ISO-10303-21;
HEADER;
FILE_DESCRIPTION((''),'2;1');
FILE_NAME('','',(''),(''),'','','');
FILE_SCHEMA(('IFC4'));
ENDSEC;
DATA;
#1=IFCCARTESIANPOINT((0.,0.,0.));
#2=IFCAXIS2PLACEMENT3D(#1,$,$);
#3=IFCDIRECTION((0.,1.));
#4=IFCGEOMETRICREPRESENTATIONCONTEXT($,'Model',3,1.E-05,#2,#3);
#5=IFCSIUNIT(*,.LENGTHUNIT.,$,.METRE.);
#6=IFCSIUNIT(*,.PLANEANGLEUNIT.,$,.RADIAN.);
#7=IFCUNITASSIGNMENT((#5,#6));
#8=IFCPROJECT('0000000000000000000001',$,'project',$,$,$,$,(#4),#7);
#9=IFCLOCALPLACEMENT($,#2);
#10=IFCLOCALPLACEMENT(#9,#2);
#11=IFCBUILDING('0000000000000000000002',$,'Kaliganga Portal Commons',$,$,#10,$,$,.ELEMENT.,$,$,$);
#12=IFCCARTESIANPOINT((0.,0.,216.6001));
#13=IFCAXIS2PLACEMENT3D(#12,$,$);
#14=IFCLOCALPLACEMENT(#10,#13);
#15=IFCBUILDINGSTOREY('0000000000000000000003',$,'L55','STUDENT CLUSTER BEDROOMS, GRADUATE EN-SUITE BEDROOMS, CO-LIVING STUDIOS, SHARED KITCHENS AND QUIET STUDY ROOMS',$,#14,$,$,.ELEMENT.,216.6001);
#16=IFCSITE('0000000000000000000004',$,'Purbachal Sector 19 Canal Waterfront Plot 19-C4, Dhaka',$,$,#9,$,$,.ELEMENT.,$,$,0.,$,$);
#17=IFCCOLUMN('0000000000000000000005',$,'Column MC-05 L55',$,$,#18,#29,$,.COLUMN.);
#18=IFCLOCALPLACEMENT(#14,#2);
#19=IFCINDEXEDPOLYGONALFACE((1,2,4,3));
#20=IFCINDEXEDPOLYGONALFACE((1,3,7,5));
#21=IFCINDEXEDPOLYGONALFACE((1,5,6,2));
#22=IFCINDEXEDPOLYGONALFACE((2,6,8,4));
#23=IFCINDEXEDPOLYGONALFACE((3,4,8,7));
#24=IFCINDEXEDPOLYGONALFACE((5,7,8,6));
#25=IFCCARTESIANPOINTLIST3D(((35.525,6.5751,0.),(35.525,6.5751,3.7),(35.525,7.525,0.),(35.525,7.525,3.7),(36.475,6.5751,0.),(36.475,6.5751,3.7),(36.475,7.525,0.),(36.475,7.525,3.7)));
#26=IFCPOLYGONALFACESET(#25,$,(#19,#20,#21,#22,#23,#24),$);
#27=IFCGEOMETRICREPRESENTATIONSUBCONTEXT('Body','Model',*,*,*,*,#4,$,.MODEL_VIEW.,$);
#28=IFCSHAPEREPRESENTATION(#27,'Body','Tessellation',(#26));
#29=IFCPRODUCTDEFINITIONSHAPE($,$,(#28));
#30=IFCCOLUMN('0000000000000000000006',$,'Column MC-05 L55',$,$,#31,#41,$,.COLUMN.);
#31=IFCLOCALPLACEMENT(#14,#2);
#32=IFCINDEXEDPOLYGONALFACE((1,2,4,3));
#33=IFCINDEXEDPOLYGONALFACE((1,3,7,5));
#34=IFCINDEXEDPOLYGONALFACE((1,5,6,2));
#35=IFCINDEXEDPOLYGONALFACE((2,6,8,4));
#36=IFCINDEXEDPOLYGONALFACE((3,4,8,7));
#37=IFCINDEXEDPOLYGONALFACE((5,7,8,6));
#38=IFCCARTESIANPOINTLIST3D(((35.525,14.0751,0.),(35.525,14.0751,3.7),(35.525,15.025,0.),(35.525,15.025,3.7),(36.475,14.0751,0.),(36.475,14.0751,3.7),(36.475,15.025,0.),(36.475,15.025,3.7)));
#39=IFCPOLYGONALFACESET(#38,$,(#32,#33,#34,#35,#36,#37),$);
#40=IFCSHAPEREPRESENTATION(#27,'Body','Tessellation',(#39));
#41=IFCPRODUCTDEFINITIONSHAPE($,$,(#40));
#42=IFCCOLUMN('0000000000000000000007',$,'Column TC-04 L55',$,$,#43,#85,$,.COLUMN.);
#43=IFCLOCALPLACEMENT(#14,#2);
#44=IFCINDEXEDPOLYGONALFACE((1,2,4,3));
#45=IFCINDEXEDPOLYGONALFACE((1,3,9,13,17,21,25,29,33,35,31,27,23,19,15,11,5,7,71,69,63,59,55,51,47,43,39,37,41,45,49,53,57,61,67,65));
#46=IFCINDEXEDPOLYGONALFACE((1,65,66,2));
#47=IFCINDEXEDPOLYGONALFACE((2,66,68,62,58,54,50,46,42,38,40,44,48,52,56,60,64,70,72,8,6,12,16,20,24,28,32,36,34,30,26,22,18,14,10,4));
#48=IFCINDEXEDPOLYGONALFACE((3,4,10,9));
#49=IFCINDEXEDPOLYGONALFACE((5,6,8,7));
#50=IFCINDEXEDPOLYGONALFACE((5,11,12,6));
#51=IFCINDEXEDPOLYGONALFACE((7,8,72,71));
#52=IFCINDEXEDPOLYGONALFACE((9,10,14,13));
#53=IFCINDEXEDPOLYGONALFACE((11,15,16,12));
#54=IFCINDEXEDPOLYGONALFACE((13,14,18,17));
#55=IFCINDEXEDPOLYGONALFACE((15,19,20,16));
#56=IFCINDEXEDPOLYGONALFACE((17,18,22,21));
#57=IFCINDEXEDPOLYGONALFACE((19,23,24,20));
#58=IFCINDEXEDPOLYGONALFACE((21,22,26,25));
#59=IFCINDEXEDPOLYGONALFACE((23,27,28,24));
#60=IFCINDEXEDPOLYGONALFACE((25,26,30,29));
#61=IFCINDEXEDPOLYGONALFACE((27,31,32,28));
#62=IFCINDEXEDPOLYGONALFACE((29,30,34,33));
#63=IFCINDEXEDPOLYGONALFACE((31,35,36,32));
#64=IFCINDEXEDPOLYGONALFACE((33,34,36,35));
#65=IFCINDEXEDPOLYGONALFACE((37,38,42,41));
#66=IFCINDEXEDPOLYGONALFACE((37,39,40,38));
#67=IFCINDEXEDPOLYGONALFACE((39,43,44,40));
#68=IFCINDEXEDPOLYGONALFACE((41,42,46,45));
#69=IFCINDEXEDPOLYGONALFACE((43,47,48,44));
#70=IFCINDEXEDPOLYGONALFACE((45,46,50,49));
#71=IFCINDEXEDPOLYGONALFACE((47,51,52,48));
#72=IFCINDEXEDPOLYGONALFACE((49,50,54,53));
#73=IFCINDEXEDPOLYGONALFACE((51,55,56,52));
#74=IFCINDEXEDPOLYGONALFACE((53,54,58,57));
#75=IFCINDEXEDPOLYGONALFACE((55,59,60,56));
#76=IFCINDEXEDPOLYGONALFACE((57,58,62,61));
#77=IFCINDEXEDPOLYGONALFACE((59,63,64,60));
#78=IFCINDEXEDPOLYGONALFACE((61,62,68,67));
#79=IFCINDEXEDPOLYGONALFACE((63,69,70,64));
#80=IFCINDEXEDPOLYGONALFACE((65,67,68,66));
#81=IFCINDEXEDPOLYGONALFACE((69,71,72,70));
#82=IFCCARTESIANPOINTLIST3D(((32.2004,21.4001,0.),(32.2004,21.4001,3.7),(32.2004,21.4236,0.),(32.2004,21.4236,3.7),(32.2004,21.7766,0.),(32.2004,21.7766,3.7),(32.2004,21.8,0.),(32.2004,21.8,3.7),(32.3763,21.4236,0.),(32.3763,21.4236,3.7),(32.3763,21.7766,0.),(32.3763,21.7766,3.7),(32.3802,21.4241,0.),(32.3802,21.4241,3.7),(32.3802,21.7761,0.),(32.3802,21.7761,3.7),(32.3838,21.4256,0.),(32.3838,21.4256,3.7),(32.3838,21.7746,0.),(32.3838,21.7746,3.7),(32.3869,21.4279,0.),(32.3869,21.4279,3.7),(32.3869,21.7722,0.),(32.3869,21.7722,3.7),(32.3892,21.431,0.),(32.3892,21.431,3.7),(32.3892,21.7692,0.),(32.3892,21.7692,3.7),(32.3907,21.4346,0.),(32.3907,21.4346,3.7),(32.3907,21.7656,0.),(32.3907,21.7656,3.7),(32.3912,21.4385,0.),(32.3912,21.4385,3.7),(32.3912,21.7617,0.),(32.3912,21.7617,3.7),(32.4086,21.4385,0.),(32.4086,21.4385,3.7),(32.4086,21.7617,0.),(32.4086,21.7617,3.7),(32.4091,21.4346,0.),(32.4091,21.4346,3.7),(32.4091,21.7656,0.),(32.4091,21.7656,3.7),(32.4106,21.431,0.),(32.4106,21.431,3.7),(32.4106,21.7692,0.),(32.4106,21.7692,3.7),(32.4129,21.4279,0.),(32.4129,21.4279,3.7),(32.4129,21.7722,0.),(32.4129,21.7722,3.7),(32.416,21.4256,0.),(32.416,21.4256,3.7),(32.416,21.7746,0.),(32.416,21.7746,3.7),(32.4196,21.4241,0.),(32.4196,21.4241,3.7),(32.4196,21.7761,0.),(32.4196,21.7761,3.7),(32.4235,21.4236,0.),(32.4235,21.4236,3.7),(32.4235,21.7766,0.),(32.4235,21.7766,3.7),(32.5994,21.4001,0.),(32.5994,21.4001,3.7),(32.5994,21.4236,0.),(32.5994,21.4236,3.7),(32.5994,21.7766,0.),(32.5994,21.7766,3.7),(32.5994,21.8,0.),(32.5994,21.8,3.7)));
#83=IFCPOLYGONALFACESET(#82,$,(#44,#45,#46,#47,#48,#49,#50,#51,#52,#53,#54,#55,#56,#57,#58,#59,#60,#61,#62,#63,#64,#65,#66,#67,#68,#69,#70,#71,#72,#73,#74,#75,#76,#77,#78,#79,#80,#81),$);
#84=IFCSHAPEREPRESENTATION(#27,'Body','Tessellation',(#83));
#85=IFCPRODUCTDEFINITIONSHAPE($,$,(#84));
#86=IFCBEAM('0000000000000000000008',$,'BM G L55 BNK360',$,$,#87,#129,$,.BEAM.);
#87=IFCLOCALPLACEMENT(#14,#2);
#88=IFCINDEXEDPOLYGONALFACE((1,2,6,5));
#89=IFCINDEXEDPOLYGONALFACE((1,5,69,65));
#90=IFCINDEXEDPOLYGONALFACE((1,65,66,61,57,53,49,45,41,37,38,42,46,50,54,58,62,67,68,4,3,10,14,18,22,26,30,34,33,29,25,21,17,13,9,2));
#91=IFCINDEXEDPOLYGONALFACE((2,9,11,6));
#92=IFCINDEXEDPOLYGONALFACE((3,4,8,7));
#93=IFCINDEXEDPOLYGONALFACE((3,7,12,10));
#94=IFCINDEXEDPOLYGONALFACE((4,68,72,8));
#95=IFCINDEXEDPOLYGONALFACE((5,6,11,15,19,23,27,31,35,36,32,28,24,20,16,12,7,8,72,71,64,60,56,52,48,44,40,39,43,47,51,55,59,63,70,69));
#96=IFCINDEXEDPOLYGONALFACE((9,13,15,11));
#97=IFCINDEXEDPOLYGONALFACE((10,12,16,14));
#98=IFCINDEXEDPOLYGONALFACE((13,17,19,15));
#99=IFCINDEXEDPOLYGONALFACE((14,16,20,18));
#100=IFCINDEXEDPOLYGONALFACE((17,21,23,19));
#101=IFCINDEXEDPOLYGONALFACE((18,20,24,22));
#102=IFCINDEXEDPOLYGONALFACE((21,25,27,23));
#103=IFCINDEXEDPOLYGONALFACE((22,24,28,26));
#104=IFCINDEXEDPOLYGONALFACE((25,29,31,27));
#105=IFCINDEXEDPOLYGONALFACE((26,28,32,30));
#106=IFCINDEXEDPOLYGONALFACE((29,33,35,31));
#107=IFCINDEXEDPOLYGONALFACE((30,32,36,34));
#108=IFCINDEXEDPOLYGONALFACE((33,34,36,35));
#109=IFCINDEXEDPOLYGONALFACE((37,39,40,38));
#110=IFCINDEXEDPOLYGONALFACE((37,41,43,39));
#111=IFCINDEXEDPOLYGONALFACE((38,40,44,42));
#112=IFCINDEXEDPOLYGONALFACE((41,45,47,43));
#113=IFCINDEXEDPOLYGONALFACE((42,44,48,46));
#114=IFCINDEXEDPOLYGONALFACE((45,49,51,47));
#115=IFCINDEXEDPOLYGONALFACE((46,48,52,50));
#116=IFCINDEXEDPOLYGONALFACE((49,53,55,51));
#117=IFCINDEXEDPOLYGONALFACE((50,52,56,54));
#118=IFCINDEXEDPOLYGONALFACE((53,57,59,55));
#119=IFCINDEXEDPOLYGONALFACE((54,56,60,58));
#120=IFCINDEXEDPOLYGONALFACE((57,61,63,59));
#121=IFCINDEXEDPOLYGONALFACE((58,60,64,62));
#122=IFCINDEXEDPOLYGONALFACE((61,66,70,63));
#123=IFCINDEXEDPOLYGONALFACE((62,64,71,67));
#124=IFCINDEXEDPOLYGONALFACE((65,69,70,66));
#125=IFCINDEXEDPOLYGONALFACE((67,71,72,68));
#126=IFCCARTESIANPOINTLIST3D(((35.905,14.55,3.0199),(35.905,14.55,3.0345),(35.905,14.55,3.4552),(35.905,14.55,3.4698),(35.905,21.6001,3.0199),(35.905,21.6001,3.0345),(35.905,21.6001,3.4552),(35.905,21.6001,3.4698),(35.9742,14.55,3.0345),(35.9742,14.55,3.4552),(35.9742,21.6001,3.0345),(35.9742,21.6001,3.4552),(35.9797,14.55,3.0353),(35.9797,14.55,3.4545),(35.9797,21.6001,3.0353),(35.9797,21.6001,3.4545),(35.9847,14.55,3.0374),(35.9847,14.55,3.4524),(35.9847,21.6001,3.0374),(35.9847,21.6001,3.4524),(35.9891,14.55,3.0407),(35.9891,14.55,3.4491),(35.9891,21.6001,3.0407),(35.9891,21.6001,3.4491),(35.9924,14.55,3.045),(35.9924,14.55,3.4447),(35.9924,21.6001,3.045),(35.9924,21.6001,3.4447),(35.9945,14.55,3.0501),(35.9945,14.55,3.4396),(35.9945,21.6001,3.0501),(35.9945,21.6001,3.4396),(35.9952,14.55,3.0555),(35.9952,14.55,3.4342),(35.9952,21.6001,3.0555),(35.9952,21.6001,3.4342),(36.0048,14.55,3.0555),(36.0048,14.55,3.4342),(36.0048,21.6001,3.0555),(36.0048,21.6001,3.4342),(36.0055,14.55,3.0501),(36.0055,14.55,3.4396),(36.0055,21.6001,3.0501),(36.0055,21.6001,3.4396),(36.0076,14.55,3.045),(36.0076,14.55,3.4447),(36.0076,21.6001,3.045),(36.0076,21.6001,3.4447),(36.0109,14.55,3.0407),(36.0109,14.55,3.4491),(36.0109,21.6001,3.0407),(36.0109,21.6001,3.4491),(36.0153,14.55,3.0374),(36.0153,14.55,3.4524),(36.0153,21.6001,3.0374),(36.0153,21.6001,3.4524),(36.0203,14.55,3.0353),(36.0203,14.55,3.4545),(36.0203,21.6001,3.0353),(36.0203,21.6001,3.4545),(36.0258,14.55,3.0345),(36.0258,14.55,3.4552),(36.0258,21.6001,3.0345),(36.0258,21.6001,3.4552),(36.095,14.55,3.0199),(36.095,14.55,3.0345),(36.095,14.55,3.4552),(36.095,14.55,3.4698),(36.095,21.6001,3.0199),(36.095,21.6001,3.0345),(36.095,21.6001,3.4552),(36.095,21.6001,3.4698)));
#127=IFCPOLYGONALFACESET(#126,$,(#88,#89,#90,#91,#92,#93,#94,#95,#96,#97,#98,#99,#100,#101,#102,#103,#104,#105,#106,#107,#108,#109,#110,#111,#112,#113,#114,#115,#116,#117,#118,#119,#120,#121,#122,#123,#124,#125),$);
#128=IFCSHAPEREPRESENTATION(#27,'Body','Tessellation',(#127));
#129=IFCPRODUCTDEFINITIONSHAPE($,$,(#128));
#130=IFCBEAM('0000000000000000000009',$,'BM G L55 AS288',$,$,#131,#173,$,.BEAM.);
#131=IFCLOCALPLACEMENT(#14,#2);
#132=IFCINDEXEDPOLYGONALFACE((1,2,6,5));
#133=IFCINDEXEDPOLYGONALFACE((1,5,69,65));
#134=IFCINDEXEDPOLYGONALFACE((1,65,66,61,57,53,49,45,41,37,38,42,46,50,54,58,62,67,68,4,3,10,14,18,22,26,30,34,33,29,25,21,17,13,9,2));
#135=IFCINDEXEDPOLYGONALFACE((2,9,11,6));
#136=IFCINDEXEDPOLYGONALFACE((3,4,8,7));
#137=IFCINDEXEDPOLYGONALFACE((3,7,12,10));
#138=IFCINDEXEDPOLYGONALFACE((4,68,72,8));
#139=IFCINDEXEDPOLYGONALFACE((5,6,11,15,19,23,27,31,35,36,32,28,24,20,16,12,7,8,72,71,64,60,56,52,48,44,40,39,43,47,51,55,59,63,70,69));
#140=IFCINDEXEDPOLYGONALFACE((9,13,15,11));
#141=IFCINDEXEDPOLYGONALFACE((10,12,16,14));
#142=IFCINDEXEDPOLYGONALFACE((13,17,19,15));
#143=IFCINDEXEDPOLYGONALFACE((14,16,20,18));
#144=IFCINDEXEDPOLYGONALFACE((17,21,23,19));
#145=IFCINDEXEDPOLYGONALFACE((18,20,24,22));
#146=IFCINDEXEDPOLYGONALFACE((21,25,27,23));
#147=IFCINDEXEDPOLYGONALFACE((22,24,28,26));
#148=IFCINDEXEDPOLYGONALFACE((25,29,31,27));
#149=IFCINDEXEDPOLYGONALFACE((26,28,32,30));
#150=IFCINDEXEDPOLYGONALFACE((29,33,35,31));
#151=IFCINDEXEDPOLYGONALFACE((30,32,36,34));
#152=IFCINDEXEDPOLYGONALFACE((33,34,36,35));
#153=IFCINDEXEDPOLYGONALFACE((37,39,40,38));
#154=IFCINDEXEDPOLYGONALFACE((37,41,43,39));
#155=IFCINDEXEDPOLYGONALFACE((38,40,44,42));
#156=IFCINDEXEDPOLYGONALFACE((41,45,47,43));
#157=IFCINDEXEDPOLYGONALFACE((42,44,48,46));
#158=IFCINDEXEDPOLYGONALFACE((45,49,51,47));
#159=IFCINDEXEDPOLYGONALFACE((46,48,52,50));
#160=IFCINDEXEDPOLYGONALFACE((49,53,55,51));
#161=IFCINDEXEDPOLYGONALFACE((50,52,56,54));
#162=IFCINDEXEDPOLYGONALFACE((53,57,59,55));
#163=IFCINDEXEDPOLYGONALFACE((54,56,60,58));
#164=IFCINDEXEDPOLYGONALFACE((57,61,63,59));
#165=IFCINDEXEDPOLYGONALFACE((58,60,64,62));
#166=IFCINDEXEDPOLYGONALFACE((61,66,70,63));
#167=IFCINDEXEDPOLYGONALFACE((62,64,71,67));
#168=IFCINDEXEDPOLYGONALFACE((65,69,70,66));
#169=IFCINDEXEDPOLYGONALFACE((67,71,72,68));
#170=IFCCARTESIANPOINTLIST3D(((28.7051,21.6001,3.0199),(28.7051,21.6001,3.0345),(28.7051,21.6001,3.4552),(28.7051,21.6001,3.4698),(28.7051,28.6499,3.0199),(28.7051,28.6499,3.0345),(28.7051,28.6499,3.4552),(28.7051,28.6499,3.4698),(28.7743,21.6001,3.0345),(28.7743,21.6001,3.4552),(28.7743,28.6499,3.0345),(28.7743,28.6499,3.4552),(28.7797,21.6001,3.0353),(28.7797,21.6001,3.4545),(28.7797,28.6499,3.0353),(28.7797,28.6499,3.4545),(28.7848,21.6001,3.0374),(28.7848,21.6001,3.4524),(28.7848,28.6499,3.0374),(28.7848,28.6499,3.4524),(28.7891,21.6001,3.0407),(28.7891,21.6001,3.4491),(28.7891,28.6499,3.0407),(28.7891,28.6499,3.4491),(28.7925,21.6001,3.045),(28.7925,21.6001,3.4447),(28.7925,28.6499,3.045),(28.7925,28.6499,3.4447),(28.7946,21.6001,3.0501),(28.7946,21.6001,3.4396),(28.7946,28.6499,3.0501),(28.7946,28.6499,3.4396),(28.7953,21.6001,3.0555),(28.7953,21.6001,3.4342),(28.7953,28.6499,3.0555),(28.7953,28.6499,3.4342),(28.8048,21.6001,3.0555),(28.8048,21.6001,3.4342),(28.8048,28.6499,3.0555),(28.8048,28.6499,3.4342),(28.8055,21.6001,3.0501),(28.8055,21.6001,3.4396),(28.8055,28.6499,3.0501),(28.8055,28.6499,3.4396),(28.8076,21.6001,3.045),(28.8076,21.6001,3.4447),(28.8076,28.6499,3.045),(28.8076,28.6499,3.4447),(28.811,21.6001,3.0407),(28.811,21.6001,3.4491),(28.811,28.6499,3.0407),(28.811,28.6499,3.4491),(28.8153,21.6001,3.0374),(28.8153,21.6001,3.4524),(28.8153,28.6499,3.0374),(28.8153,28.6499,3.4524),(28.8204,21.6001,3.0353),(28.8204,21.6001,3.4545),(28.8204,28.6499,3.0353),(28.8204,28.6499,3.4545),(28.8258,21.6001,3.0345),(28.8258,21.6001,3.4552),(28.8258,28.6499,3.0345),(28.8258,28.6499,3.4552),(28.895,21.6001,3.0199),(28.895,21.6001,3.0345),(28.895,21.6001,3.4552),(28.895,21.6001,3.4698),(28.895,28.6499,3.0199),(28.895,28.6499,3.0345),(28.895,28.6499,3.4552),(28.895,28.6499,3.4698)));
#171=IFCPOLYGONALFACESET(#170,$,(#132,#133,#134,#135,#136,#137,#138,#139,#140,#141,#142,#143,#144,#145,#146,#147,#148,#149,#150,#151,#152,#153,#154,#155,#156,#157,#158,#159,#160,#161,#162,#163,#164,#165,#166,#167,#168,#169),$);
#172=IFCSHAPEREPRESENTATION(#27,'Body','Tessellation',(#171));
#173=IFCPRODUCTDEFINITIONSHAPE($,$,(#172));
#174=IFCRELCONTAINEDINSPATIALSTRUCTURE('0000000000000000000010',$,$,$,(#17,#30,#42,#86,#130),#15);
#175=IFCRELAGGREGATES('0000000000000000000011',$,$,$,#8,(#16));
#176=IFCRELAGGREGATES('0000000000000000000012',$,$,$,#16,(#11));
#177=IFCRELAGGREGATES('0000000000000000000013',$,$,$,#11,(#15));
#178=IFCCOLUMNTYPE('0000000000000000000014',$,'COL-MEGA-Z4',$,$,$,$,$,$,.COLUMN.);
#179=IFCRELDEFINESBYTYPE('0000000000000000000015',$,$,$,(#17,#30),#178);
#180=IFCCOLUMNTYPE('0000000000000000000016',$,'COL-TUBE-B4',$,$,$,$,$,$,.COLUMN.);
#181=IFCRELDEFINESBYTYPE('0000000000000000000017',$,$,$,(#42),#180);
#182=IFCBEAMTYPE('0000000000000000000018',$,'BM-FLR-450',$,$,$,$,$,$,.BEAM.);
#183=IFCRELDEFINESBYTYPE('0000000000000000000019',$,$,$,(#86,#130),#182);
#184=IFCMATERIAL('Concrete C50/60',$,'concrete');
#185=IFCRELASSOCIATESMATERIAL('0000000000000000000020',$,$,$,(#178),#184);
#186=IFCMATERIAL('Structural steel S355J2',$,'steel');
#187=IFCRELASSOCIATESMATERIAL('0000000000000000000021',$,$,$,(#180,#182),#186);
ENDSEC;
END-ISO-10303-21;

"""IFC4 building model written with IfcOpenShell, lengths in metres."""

from ifc_helpers import new_model, si_unit, direction, frame, origin, origin_2d, place, context, subcontext, project, spatial, rectangle, i_section, extrude, source, transform, mapped, material, material_profile, profile_set, type_object, element, save


model = new_model("IFC4")

# Units and contexts
model_context = context("Model", 3, precision=1e-05, world=origin(), true_north=direction((0.0, 1.0)))
body_context = subcontext(model_context, "Body", "Model", "MODEL_VIEW")
ifc_project = project(units=[si_unit("LENGTHUNIT", "METRE"), si_unit("PLANEANGLEUNIT", "RADIAN")], contexts=[model_context])

# Site, building, storey
site_placement = place(None, origin())
site = spatial("IfcSite", under=ifc_project, at=site_placement, Name="Purbachal Sector 19 Canal Waterfront Plot 19-C4, Dhaka", CompositionType="ELEMENT", RefElevation=0.0)
building_placement = place(site_placement, origin())
building = spatial("IfcBuilding", under=site, at=building_placement, Name="Kaliganga Portal Commons", CompositionType="ELEMENT")
storey_placement = place(building_placement, frame((0.0, 0.0, 216.6001)))
storey = spatial("IfcBuildingStorey", under=building, at=storey_placement, Name="L55", Description="STUDENT CLUSTER BEDROOMS, GRADUATE EN-SUITE BEDROOMS, CO-LIVING STUDIOS, SHARED KITCHENS AND QUIET STUDY ROOMS", CompositionType="ELEMENT", Elevation=216.6001)

# Columns
ifc_material_1 = material(Name="Concrete C50/60", Category="concrete")
ifc_material_profile_1 = material_profile(ifc_material_1, rectangle(XDim=0.95, YDim=0.95, at=origin_2d()), Name="RC 950x950")
ifc_profile_set_1 = profile_set([ifc_material_profile_1], Name="Concrete C50/60")
column_type_1 = type_object("IfcColumnType", Name="COL-MEGA-Z4", PredefinedType="COLUMN", material=ifc_profile_set_1)
shared_shape_1 = source(origin(), body_context, "Body", "SweptSolid", [
    extrude(rectangle(XDim=0.95, YDim=0.95, at=origin_2d()), origin(), (0.0, 0.0, 1.0), 3.7),
])
for number, where, z_axis, x_axis, name in (
    (1, (36.0, 7.05, 0.0), (0.0, 0.0, 1.0), (1.0, 0.0, 0.0), "Column MC-05 L55"),
    (2, (36.0, 14.55, 0.0), (0.0, 0.0, 1.0), (1.0, 0.0, 0.0), "Column MC-05 L55"),
):
    element("IfcColumn", number, at=place(storey_placement, frame(where, z_axis=z_axis, x_axis=x_axis)), inside=storey, type_object=column_type_1, Name=name, PredefinedType="COLUMN", context=body_context, shape_type="MappedRepresentation", body=[
        mapped(shared_shape_1, transform((0.0, 0.0, 0.0), x_axis=(1.0, 0.0, 0.0), y_axis=(0.0, 1.0, 0.0), z_axis=(0.0, 0.0, 1.0), scale=1.0)),
    ])
ifc_material_2 = material(Name="Structural steel S355J2", Category="steel")
ifc_material_profile_2 = material_profile(ifc_material_2, i_section(OverallWidth=0.3989, OverallDepth=0.3999, WebThickness=0.0173, FlangeThickness=0.0234, FilletRadius=0.0149, at=origin_2d()), Name="HD 400x287")
ifc_profile_set_2 = profile_set([ifc_material_profile_2], Name="Structural steel S355J2 wide-flange")
column_type_2 = type_object("IfcColumnType", Name="COL-TUBE-B4", PredefinedType="COLUMN", material=ifc_profile_set_2)
shared_shape_2 = source(origin(), body_context, "Body", "SweptSolid", [
    extrude(i_section(OverallWidth=0.3989, OverallDepth=0.3999, WebThickness=0.0173, FlangeThickness=0.0234, FilletRadius=0.0149, at=origin_2d()), origin(), (0.0, 0.0, 1.0), 3.7),
])
column_placement = place(storey_placement, frame((32.3999, 21.6001, 0.0), z_axis=(0.0, 0.0, 1.0), x_axis=(1.0, 0.0, 0.0)))
element("IfcColumn", 3, at=column_placement, inside=storey, type_object=column_type_2, Name="Column TC-04 L55", PredefinedType="COLUMN", context=body_context, shape_type="MappedRepresentation", body=[
    mapped(shared_shape_2, transform((0.0, 0.0, 0.0), x_axis=(1.0, 0.0, 0.0), y_axis=(0.0, 1.0, 0.0), z_axis=(0.0, 0.0, 1.0), scale=1.0)),
])

# Beams
ifc_material_profile_3 = material_profile(ifc_material_2, i_section(OverallWidth=0.1899, OverallDepth=0.45, WebThickness=0.0095, FlangeThickness=0.0146, FilletRadius=0.021, at=origin_2d()), Name="IPE 450")
ifc_profile_set_3 = profile_set([ifc_material_profile_3], Name="Structural steel S355J2 wide-flange")
beam_type_1 = type_object("IfcBeamType", Name="BM-FLR-450", PredefinedType="BEAM", material=ifc_profile_set_3)
shared_shape_3 = source(origin(), body_context, "Body", "SweptSolid", [
    extrude(i_section(OverallWidth=0.1899, OverallDepth=0.45, WebThickness=0.0095, FlangeThickness=0.0146, FilletRadius=0.021, at=origin_2d()), origin(), (0.0, 0.0, 1.0), 7.05),
])
beam_1_placement = place(storey_placement, frame((36.0, 14.55, 3.2449), z_axis=(0.0, 1.0, 0.0), x_axis=(-1.0, 0.0, 0.0)))
element("IfcBeam", 4, at=beam_1_placement, inside=storey, type_object=beam_type_1, Name="BM G L55 BNK360", PredefinedType="BEAM", context=body_context, shape_type="MappedRepresentation", body=[
    mapped(shared_shape_3, transform((0.0, 0.0, 0.0), x_axis=(1.0, 0.0, 0.0), y_axis=(0.0, 1.0, 0.0), z_axis=(0.0, 0.0, 1.0), scale=1.0)),
])
shared_shape_4 = source(origin(), body_context, "Body", "SweptSolid", [
    extrude(i_section(OverallWidth=0.1899, OverallDepth=0.45, WebThickness=0.0095, FlangeThickness=0.0146, FilletRadius=0.021, at=origin_2d()), origin(), (0.0, 0.0, 1.0), 7.0498),
])
beam_2_placement = place(storey_placement, frame((28.8, 21.6001, 3.2449), z_axis=(0.0, 1.0, 0.0), x_axis=(-1.0, 0.0, 0.0)))
element("IfcBeam", 5, at=beam_2_placement, inside=storey, type_object=beam_type_1, Name="BM G L55 AS288", PredefinedType="BEAM", context=body_context, shape_type="MappedRepresentation", body=[
    mapped(shared_shape_4, transform((0.0, 0.0, 0.0), x_axis=(1.0, 0.0, 0.0), y_axis=(0.0, 1.0, 0.0), z_axis=(0.0, 0.0, 1.0), scale=1.0)),
])

save(model, "model.ifc")
